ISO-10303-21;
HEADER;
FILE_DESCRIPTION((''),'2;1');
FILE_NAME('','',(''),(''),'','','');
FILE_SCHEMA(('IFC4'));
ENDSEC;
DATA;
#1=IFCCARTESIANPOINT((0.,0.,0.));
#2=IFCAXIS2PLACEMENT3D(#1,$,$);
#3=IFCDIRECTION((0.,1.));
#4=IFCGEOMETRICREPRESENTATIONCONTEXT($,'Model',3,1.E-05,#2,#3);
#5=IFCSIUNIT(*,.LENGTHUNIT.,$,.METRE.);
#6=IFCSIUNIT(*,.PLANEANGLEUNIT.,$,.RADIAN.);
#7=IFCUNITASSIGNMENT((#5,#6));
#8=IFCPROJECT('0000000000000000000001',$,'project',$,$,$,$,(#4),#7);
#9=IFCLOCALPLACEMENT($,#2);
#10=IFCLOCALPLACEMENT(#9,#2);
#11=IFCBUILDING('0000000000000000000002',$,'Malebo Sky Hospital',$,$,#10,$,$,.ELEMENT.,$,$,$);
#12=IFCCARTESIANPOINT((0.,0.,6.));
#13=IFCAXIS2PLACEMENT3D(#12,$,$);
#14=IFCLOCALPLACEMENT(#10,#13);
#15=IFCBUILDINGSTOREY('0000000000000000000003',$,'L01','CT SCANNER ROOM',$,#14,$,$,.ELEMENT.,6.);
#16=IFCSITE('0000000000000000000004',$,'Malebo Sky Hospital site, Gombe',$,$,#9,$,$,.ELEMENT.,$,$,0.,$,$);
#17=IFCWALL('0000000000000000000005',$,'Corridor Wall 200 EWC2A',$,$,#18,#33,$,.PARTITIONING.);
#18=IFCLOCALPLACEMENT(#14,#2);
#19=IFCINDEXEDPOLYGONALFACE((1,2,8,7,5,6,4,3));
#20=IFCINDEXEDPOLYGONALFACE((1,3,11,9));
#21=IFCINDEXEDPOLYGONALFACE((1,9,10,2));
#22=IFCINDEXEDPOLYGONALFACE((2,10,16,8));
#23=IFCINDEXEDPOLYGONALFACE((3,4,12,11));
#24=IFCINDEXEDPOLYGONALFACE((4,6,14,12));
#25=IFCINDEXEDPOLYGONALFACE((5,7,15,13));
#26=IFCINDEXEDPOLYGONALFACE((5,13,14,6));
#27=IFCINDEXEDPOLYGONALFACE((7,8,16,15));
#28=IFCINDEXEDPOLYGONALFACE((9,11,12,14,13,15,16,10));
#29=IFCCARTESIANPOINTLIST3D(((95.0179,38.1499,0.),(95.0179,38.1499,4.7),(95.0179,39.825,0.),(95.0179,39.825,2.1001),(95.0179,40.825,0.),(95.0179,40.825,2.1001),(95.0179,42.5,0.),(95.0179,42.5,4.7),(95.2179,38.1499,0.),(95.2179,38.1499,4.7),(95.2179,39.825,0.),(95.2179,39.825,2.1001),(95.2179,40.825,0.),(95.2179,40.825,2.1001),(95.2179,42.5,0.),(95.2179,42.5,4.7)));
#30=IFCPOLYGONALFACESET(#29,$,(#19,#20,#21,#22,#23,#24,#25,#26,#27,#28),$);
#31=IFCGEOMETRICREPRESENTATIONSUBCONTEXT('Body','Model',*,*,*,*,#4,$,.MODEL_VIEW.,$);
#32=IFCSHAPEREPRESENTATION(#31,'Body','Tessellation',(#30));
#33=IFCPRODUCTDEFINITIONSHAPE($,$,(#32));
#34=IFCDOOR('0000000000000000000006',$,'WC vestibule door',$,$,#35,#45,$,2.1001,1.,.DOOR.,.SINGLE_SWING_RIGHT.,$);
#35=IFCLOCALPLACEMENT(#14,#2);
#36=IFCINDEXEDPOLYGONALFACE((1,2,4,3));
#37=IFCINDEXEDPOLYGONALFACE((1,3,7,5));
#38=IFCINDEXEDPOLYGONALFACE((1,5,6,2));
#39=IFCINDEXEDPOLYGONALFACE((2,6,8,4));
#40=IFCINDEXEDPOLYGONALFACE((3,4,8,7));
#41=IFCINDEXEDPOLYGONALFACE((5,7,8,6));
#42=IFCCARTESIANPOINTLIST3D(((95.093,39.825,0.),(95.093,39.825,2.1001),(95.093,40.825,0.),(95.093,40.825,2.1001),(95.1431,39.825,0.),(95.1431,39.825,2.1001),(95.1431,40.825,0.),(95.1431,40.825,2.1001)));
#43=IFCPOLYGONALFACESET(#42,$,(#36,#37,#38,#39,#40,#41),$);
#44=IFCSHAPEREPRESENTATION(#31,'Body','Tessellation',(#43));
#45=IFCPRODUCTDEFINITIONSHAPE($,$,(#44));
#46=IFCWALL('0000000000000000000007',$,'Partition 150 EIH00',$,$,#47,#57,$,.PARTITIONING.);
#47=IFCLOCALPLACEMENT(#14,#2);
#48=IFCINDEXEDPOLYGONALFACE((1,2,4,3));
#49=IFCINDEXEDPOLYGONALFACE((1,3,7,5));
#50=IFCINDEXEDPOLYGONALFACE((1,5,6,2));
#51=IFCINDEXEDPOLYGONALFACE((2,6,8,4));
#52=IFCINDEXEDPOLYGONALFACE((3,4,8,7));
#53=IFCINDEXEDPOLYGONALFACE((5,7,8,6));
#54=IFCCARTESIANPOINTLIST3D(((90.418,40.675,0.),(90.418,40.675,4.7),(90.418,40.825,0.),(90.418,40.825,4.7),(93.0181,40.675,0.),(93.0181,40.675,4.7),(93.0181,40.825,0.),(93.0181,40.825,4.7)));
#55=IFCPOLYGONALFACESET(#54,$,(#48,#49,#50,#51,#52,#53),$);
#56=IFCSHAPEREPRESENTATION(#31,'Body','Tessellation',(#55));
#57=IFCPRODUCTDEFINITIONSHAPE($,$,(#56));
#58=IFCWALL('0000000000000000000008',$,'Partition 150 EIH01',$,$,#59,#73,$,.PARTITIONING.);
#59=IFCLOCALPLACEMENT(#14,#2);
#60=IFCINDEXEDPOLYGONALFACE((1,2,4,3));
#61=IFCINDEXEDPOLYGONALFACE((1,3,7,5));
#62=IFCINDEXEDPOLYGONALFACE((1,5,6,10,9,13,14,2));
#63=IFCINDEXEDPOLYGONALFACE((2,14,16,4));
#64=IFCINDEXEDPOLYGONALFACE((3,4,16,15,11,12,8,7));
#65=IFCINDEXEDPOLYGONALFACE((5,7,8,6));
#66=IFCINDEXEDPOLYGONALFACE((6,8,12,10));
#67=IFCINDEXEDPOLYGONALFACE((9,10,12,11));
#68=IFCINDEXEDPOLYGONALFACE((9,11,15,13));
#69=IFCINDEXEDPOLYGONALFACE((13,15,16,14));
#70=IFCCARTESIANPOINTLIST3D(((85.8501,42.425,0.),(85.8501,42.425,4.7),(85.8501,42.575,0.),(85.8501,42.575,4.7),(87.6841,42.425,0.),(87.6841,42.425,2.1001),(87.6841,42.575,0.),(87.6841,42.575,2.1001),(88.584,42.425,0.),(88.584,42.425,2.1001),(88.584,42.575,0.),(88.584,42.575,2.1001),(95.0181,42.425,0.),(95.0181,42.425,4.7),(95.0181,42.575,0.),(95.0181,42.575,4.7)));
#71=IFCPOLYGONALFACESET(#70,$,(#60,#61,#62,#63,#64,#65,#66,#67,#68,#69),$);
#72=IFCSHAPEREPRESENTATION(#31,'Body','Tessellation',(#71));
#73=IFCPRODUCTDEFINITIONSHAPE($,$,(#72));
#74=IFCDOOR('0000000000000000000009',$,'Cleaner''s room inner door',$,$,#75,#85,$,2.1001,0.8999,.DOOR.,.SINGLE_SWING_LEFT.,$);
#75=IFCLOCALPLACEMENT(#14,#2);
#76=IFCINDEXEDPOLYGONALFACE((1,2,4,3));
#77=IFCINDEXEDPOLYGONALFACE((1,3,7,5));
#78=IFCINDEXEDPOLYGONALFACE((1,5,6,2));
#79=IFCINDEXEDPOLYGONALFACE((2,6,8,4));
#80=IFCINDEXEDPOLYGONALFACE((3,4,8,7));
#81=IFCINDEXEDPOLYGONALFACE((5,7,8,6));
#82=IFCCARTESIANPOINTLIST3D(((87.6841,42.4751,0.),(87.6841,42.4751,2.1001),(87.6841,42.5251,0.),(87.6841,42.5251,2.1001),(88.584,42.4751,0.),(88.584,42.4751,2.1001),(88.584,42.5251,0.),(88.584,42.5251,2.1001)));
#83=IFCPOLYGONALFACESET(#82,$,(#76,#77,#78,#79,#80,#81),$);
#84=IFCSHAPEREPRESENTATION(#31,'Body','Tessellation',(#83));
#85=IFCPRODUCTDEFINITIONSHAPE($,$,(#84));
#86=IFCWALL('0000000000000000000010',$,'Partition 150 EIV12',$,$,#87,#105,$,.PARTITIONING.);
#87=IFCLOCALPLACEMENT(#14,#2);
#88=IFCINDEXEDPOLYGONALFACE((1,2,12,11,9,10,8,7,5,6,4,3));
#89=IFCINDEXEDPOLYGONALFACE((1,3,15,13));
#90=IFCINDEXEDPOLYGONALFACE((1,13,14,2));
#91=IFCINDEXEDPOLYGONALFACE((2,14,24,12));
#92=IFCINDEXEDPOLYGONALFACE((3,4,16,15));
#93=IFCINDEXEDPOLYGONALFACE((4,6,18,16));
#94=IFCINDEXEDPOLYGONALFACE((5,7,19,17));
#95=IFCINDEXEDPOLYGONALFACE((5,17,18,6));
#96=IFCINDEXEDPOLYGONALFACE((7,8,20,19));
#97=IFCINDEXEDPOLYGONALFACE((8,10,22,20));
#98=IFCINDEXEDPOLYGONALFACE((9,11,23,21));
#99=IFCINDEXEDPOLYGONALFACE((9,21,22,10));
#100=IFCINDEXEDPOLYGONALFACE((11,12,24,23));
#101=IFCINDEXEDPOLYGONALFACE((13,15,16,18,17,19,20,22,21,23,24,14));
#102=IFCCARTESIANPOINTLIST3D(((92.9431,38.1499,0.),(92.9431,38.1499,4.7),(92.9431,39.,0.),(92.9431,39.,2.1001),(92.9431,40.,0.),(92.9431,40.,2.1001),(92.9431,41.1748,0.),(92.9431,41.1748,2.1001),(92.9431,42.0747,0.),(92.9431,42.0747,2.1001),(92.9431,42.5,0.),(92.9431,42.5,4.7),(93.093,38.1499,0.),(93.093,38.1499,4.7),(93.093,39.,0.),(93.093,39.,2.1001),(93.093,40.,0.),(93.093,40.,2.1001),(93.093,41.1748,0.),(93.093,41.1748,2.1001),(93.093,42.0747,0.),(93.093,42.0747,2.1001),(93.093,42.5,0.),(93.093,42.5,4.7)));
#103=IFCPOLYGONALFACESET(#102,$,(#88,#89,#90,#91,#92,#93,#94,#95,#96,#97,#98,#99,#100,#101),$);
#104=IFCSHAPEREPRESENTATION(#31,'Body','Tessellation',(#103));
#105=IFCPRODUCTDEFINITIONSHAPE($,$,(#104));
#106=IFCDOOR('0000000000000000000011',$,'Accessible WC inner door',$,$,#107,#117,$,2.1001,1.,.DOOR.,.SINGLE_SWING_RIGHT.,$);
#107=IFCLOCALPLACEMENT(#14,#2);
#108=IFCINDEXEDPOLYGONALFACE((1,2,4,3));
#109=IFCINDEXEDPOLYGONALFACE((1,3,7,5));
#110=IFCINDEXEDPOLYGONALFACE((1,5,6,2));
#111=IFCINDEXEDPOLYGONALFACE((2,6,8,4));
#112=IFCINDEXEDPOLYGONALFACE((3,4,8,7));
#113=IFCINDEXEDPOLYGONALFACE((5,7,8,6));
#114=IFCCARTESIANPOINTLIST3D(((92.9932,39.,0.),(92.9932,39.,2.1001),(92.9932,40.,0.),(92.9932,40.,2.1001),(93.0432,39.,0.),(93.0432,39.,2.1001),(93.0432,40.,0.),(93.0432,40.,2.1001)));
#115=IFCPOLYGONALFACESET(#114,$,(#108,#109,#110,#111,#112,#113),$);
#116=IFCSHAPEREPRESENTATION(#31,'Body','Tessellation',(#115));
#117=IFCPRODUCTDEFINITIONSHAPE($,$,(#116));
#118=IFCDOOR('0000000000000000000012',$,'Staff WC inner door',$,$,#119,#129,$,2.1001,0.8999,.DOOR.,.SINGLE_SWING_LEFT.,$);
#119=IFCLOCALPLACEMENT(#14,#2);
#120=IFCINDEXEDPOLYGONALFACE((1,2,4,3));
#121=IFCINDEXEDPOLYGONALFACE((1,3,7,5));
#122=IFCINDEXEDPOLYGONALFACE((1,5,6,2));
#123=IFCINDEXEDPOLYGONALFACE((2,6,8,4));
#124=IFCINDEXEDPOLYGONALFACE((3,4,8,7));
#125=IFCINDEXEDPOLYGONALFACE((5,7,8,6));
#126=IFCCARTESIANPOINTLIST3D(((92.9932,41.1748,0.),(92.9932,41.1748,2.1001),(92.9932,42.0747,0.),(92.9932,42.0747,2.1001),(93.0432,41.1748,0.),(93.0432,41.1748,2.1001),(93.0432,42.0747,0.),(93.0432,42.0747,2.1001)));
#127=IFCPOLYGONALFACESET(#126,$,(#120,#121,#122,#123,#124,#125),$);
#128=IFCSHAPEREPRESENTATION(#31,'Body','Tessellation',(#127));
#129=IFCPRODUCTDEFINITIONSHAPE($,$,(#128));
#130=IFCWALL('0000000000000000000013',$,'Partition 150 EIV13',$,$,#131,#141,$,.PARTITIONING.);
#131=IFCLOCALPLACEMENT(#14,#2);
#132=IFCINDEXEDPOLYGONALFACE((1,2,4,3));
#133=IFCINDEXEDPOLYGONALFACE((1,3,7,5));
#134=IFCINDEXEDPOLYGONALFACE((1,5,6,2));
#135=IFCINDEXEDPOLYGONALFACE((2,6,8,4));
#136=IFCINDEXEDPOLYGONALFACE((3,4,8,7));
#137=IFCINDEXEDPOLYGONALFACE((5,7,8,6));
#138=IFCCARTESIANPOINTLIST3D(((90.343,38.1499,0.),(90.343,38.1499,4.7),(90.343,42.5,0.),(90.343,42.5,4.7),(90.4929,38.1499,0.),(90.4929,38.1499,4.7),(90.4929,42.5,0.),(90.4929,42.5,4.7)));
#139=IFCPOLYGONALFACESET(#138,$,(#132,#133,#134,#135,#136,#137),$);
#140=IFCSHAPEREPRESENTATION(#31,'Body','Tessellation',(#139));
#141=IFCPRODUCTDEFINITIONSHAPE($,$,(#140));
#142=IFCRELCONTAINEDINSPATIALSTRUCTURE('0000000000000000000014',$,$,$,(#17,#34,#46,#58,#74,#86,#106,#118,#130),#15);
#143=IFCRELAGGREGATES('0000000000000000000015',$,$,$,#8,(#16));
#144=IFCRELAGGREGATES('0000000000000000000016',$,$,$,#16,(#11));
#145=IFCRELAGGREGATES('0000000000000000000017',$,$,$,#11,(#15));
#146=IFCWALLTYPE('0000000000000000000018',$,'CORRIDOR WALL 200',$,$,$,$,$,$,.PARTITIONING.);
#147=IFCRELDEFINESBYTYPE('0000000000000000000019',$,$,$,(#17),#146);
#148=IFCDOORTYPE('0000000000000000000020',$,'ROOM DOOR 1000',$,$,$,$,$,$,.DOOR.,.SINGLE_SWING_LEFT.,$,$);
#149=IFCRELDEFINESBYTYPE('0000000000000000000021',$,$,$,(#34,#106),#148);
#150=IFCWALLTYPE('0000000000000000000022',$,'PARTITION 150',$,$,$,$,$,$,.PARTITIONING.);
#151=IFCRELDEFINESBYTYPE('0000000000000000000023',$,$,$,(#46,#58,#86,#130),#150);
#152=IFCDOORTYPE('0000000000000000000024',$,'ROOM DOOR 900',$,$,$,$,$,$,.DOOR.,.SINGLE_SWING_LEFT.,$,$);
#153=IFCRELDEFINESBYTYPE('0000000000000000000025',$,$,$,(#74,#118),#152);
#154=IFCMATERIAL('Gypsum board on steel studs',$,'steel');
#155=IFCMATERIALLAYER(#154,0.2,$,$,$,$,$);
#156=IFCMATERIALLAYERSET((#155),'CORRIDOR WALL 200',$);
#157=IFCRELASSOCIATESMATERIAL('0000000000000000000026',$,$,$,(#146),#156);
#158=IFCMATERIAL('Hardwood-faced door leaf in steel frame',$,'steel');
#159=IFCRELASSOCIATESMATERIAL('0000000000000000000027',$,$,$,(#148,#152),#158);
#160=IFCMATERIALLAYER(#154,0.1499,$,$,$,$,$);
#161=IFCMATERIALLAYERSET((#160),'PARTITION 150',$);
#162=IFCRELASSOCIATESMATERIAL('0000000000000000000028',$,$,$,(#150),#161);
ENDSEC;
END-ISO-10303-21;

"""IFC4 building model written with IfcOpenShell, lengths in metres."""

from ifc_helpers import new_model, si_unit, direction, frame, frame_2d, origin, place, context, subcontext, project, spatial, rectangle, extrude, material, layer, layer_set, type_object, element, fill, save


model = new_model("IFC4")

# Units and contexts
model_context = context("Model", 3, precision=1e-05, world=origin(), true_north=direction((0.0, 1.0)))
body_context = subcontext(model_context, "Body", "Model", "MODEL_VIEW")
ifc_project = project(units=[si_unit("LENGTHUNIT", "METRE"), si_unit("PLANEANGLEUNIT", "RADIAN")], contexts=[model_context])

# Site, building, storey
site_placement = place(None, origin())
site = spatial("IfcSite", under=ifc_project, at=site_placement, Name="Malebo Sky Hospital site, Gombe", CompositionType="ELEMENT", RefElevation=0.0)
building_placement = place(site_placement, origin())
building = spatial("IfcBuilding", under=site, at=building_placement, Name="Malebo Sky Hospital", CompositionType="ELEMENT")
storey_placement = place(building_placement, frame((0.0, 0.0, 6.0)))
storey = spatial("IfcBuildingStorey", under=building, at=storey_placement, Name="L01", Description="CT SCANNER ROOM", CompositionType="ELEMENT", Elevation=6.0)

# Wall, opening, door
ifc_material_1 = material(Name="Gypsum board on steel studs", Category="steel")
ifc_layer_1 = layer(ifc_material_1, 0.2)
ifc_layer_set_1 = layer_set([ifc_layer_1], Name="CORRIDOR WALL 200")
wall_type_1 = type_object("IfcWallType", Name="CORRIDOR WALL 200", PredefinedType="PARTITIONING", material=ifc_layer_set_1)
wall_1_placement = place(storey_placement, frame((95.1179, 38.1499, 0.0), z_axis=(0.0, 0.0, 1.0), x_axis=(0.0, 1.0, 0.0)))
wall_1 = element("IfcWall", 1, at=wall_1_placement, inside=storey, type_object=wall_type_1, Name="Corridor Wall 200 EWC2A", PredefinedType="PARTITIONING", context=body_context, shape_type="SweptSolid", body=[
    extrude(rectangle(XDim=4.3501, YDim=0.2, at=frame_2d((2.175, 0.0))), origin(), (0.0, 0.0, 1.0), 4.7),
])
opening_1_placement = place(wall_1_placement, frame((1.675, 0.0, 0.0)))
opening_1 = element("IfcOpeningElement", 2, at=opening_1_placement, cuts=wall_1, PredefinedType="OPENING", context=body_context, shape_type="SweptSolid", body=[
    extrude(rectangle(XDim=1.0, YDim=2.1001, at=frame_2d((0.5, 1.05))), frame((0.0, 0.1099, 0.0), z_axis=(0.0, -1.0, 0.0), x_axis=(1.0, 0.0, 0.0)), (0.0, 0.0, 1.0), 0.22),
])
ifc_material_2 = material(Name="Hardwood-faced door leaf in steel frame", Category="steel")
door_type_1 = type_object("IfcDoorType", Name="ROOM DOOR 1000", OperationType="SINGLE_SWING_LEFT", PredefinedType="DOOR", material=ifc_material_2)
door_1_placement = place(opening_1_placement, origin())
door_1 = element("IfcDoor", 3, at=door_1_placement, inside=storey, type_object=door_type_1, Name="WC vestibule door", OperationType="SINGLE_SWING_RIGHT", OverallHeight=2.1001, OverallWidth=1.0, PredefinedType="DOOR", context=body_context, shape_type="SweptSolid", body=[
    extrude(rectangle(XDim=1.0, YDim=2.1001, at=frame_2d((0.5, 1.05))), frame((0.0, 0.0249, 0.0), z_axis=(0.0, -1.0, 0.0), x_axis=(1.0, 0.0, 0.0)), (0.0, 0.0, 1.0), 0.05),
])
fill(opening_1, door_1)

# Wall
ifc_layer_2 = layer(ifc_material_1, 0.1499)
ifc_layer_set_2 = layer_set([ifc_layer_2], Name="PARTITION 150")
wall_type_2 = type_object("IfcWallType", Name="PARTITION 150", PredefinedType="PARTITIONING", material=ifc_layer_set_2)
wall_2_placement = place(storey_placement, frame((93.0181, 40.75, 0.0), z_axis=(0.0, 0.0, 1.0), x_axis=(-1.0, 0.0, 0.0)))
element("IfcWall", 4, at=wall_2_placement, inside=storey, type_object=wall_type_2, Name="Partition 150 EIH00", PredefinedType="PARTITIONING", context=body_context, shape_type="SweptSolid", body=[
    extrude(rectangle(XDim=2.6001, YDim=0.1499, at=frame_2d((1.3, 0.0))), origin(), (0.0, 0.0, 1.0), 4.7),
])

# Wall, opening, door
wall_3_placement = place(storey_placement, frame((95.0181, 42.5, 0.0), z_axis=(0.0, 0.0, 1.0), x_axis=(-1.0, 0.0, 0.0)))
wall_3 = element("IfcWall", 5, at=wall_3_placement, inside=storey, type_object=wall_type_2, Name="Partition 150 EIH01", PredefinedType="PARTITIONING", context=body_context, shape_type="SweptSolid", body=[
    extrude(rectangle(XDim=9.168, YDim=0.1499, at=frame_2d((4.584, 0.0))), origin(), (0.0, 0.0, 1.0), 4.7),
])
opening_2_placement = place(wall_3_placement, frame((6.4341, 0.0, 0.0)))
opening_2 = element("IfcOpeningElement", 6, at=opening_2_placement, cuts=wall_3, PredefinedType="OPENING", context=body_context, shape_type="SweptSolid", body=[
    extrude(rectangle(XDim=0.8999, YDim=2.1001, at=frame_2d((0.45, 1.05))), frame((0.0, 0.085, 0.0), z_axis=(0.0, -1.0, 0.0), x_axis=(1.0, 0.0, 0.0)), (0.0, 0.0, 1.0), 0.1699),
])
door_type_2 = type_object("IfcDoorType", Name="ROOM DOOR 900", OperationType="SINGLE_SWING_LEFT", PredefinedType="DOOR", material=ifc_material_2)
door_2_placement = place(opening_2_placement, origin())
door_2 = element("IfcDoor", 7, at=door_2_placement, inside=storey, type_object=door_type_2, Name="Cleaner's room inner door", OperationType="SINGLE_SWING_LEFT", OverallHeight=2.1001, OverallWidth=0.8999, PredefinedType="DOOR", context=body_context, shape_type="SweptSolid", body=[
    extrude(rectangle(XDim=0.8999, YDim=2.1001, at=frame_2d((0.45, 1.05))), frame((0.0, 0.0249, 0.0), z_axis=(0.0, -1.0, 0.0), x_axis=(1.0, 0.0, 0.0)), (0.0, 0.0, 1.0), 0.05),
])
fill(opening_2, door_2)

# Wall, openings, doors
wall_4_placement = place(storey_placement, frame((93.0181, 38.1499, 0.0), z_axis=(0.0, 0.0, 1.0), x_axis=(0.0, 1.0, 0.0)))
wall_4 = element("IfcWall", 8, at=wall_4_placement, inside=storey, type_object=wall_type_2, Name="Partition 150 EIV12", PredefinedType="PARTITIONING", context=body_context, shape_type="SweptSolid", body=[
    extrude(rectangle(XDim=4.3501, YDim=0.1499, at=frame_2d((2.175, 0.0))), origin(), (0.0, 0.0, 1.0), 4.7),
])
opening_3_placement = place(wall_4_placement, frame((0.8501, 0.0, 0.0)))
opening_3 = element("IfcOpeningElement", 9, at=opening_3_placement, cuts=wall_4, PredefinedType="OPENING", context=body_context, shape_type="SweptSolid", body=[
    extrude(rectangle(XDim=1.0, YDim=2.1001, at=frame_2d((0.5, 1.05))), frame((0.0, 0.085, 0.0), z_axis=(0.0, -1.0, 0.0), x_axis=(1.0, 0.0, 0.0)), (0.0, 0.0, 1.0), 0.1699),
])
opening_4_placement = place(wall_4_placement, frame((3.0249, 0.0, 0.0)))
opening_4 = element("IfcOpeningElement", 10, at=opening_4_placement, cuts=wall_4, PredefinedType="OPENING", context=body_context, shape_type="SweptSolid", body=[
    extrude(rectangle(XDim=0.8999, YDim=2.1001, at=frame_2d((0.45, 1.05))), frame((0.0, 0.085, 0.0), z_axis=(0.0, -1.0, 0.0), x_axis=(1.0, 0.0, 0.0)), (0.0, 0.0, 1.0), 0.1699),
])
door_3_placement = place(opening_3_placement, origin())
door_3 = element("IfcDoor", 11, at=door_3_placement, inside=storey, type_object=door_type_1, Name="Accessible WC inner door", OperationType="SINGLE_SWING_RIGHT", OverallHeight=2.1001, OverallWidth=1.0, PredefinedType="DOOR", context=body_context, shape_type="SweptSolid", body=[
    extrude(rectangle(XDim=1.0, YDim=2.1001, at=frame_2d((0.5, 1.05))), frame((0.0, 0.0249, 0.0), z_axis=(0.0, -1.0, 0.0), x_axis=(1.0, 0.0, 0.0)), (0.0, 0.0, 1.0), 0.05),
])
fill(opening_3, door_3)
door_4_placement = place(opening_4_placement, origin())
door_4 = element("IfcDoor", 12, at=door_4_placement, inside=storey, type_object=door_type_2, Name="Staff WC inner door", OperationType="SINGLE_SWING_LEFT", OverallHeight=2.1001, OverallWidth=0.8999, PredefinedType="DOOR", context=body_context, shape_type="SweptSolid", body=[
    extrude(rectangle(XDim=0.8999, YDim=2.1001, at=frame_2d((0.45, 1.05))), frame((0.0, 0.0249, 0.0), z_axis=(0.0, -1.0, 0.0), x_axis=(1.0, 0.0, 0.0)), (0.0, 0.0, 1.0), 0.05),
])
fill(opening_4, door_4)

# Wall
wall_5_placement = place(storey_placement, frame((90.418, 38.1499, 0.0), z_axis=(0.0, 0.0, 1.0), x_axis=(0.0, 1.0, 0.0)))
element("IfcWall", 13, at=wall_5_placement, inside=storey, type_object=wall_type_2, Name="Partition 150 EIV13", PredefinedType="PARTITIONING", context=body_context, shape_type="SweptSolid", body=[
    extrude(rectangle(XDim=4.3501, YDim=0.1499, at=frame_2d((2.175, 0.0))), origin(), (0.0, 0.0, 1.0), 4.7),
])

save(model, "model.ifc")
